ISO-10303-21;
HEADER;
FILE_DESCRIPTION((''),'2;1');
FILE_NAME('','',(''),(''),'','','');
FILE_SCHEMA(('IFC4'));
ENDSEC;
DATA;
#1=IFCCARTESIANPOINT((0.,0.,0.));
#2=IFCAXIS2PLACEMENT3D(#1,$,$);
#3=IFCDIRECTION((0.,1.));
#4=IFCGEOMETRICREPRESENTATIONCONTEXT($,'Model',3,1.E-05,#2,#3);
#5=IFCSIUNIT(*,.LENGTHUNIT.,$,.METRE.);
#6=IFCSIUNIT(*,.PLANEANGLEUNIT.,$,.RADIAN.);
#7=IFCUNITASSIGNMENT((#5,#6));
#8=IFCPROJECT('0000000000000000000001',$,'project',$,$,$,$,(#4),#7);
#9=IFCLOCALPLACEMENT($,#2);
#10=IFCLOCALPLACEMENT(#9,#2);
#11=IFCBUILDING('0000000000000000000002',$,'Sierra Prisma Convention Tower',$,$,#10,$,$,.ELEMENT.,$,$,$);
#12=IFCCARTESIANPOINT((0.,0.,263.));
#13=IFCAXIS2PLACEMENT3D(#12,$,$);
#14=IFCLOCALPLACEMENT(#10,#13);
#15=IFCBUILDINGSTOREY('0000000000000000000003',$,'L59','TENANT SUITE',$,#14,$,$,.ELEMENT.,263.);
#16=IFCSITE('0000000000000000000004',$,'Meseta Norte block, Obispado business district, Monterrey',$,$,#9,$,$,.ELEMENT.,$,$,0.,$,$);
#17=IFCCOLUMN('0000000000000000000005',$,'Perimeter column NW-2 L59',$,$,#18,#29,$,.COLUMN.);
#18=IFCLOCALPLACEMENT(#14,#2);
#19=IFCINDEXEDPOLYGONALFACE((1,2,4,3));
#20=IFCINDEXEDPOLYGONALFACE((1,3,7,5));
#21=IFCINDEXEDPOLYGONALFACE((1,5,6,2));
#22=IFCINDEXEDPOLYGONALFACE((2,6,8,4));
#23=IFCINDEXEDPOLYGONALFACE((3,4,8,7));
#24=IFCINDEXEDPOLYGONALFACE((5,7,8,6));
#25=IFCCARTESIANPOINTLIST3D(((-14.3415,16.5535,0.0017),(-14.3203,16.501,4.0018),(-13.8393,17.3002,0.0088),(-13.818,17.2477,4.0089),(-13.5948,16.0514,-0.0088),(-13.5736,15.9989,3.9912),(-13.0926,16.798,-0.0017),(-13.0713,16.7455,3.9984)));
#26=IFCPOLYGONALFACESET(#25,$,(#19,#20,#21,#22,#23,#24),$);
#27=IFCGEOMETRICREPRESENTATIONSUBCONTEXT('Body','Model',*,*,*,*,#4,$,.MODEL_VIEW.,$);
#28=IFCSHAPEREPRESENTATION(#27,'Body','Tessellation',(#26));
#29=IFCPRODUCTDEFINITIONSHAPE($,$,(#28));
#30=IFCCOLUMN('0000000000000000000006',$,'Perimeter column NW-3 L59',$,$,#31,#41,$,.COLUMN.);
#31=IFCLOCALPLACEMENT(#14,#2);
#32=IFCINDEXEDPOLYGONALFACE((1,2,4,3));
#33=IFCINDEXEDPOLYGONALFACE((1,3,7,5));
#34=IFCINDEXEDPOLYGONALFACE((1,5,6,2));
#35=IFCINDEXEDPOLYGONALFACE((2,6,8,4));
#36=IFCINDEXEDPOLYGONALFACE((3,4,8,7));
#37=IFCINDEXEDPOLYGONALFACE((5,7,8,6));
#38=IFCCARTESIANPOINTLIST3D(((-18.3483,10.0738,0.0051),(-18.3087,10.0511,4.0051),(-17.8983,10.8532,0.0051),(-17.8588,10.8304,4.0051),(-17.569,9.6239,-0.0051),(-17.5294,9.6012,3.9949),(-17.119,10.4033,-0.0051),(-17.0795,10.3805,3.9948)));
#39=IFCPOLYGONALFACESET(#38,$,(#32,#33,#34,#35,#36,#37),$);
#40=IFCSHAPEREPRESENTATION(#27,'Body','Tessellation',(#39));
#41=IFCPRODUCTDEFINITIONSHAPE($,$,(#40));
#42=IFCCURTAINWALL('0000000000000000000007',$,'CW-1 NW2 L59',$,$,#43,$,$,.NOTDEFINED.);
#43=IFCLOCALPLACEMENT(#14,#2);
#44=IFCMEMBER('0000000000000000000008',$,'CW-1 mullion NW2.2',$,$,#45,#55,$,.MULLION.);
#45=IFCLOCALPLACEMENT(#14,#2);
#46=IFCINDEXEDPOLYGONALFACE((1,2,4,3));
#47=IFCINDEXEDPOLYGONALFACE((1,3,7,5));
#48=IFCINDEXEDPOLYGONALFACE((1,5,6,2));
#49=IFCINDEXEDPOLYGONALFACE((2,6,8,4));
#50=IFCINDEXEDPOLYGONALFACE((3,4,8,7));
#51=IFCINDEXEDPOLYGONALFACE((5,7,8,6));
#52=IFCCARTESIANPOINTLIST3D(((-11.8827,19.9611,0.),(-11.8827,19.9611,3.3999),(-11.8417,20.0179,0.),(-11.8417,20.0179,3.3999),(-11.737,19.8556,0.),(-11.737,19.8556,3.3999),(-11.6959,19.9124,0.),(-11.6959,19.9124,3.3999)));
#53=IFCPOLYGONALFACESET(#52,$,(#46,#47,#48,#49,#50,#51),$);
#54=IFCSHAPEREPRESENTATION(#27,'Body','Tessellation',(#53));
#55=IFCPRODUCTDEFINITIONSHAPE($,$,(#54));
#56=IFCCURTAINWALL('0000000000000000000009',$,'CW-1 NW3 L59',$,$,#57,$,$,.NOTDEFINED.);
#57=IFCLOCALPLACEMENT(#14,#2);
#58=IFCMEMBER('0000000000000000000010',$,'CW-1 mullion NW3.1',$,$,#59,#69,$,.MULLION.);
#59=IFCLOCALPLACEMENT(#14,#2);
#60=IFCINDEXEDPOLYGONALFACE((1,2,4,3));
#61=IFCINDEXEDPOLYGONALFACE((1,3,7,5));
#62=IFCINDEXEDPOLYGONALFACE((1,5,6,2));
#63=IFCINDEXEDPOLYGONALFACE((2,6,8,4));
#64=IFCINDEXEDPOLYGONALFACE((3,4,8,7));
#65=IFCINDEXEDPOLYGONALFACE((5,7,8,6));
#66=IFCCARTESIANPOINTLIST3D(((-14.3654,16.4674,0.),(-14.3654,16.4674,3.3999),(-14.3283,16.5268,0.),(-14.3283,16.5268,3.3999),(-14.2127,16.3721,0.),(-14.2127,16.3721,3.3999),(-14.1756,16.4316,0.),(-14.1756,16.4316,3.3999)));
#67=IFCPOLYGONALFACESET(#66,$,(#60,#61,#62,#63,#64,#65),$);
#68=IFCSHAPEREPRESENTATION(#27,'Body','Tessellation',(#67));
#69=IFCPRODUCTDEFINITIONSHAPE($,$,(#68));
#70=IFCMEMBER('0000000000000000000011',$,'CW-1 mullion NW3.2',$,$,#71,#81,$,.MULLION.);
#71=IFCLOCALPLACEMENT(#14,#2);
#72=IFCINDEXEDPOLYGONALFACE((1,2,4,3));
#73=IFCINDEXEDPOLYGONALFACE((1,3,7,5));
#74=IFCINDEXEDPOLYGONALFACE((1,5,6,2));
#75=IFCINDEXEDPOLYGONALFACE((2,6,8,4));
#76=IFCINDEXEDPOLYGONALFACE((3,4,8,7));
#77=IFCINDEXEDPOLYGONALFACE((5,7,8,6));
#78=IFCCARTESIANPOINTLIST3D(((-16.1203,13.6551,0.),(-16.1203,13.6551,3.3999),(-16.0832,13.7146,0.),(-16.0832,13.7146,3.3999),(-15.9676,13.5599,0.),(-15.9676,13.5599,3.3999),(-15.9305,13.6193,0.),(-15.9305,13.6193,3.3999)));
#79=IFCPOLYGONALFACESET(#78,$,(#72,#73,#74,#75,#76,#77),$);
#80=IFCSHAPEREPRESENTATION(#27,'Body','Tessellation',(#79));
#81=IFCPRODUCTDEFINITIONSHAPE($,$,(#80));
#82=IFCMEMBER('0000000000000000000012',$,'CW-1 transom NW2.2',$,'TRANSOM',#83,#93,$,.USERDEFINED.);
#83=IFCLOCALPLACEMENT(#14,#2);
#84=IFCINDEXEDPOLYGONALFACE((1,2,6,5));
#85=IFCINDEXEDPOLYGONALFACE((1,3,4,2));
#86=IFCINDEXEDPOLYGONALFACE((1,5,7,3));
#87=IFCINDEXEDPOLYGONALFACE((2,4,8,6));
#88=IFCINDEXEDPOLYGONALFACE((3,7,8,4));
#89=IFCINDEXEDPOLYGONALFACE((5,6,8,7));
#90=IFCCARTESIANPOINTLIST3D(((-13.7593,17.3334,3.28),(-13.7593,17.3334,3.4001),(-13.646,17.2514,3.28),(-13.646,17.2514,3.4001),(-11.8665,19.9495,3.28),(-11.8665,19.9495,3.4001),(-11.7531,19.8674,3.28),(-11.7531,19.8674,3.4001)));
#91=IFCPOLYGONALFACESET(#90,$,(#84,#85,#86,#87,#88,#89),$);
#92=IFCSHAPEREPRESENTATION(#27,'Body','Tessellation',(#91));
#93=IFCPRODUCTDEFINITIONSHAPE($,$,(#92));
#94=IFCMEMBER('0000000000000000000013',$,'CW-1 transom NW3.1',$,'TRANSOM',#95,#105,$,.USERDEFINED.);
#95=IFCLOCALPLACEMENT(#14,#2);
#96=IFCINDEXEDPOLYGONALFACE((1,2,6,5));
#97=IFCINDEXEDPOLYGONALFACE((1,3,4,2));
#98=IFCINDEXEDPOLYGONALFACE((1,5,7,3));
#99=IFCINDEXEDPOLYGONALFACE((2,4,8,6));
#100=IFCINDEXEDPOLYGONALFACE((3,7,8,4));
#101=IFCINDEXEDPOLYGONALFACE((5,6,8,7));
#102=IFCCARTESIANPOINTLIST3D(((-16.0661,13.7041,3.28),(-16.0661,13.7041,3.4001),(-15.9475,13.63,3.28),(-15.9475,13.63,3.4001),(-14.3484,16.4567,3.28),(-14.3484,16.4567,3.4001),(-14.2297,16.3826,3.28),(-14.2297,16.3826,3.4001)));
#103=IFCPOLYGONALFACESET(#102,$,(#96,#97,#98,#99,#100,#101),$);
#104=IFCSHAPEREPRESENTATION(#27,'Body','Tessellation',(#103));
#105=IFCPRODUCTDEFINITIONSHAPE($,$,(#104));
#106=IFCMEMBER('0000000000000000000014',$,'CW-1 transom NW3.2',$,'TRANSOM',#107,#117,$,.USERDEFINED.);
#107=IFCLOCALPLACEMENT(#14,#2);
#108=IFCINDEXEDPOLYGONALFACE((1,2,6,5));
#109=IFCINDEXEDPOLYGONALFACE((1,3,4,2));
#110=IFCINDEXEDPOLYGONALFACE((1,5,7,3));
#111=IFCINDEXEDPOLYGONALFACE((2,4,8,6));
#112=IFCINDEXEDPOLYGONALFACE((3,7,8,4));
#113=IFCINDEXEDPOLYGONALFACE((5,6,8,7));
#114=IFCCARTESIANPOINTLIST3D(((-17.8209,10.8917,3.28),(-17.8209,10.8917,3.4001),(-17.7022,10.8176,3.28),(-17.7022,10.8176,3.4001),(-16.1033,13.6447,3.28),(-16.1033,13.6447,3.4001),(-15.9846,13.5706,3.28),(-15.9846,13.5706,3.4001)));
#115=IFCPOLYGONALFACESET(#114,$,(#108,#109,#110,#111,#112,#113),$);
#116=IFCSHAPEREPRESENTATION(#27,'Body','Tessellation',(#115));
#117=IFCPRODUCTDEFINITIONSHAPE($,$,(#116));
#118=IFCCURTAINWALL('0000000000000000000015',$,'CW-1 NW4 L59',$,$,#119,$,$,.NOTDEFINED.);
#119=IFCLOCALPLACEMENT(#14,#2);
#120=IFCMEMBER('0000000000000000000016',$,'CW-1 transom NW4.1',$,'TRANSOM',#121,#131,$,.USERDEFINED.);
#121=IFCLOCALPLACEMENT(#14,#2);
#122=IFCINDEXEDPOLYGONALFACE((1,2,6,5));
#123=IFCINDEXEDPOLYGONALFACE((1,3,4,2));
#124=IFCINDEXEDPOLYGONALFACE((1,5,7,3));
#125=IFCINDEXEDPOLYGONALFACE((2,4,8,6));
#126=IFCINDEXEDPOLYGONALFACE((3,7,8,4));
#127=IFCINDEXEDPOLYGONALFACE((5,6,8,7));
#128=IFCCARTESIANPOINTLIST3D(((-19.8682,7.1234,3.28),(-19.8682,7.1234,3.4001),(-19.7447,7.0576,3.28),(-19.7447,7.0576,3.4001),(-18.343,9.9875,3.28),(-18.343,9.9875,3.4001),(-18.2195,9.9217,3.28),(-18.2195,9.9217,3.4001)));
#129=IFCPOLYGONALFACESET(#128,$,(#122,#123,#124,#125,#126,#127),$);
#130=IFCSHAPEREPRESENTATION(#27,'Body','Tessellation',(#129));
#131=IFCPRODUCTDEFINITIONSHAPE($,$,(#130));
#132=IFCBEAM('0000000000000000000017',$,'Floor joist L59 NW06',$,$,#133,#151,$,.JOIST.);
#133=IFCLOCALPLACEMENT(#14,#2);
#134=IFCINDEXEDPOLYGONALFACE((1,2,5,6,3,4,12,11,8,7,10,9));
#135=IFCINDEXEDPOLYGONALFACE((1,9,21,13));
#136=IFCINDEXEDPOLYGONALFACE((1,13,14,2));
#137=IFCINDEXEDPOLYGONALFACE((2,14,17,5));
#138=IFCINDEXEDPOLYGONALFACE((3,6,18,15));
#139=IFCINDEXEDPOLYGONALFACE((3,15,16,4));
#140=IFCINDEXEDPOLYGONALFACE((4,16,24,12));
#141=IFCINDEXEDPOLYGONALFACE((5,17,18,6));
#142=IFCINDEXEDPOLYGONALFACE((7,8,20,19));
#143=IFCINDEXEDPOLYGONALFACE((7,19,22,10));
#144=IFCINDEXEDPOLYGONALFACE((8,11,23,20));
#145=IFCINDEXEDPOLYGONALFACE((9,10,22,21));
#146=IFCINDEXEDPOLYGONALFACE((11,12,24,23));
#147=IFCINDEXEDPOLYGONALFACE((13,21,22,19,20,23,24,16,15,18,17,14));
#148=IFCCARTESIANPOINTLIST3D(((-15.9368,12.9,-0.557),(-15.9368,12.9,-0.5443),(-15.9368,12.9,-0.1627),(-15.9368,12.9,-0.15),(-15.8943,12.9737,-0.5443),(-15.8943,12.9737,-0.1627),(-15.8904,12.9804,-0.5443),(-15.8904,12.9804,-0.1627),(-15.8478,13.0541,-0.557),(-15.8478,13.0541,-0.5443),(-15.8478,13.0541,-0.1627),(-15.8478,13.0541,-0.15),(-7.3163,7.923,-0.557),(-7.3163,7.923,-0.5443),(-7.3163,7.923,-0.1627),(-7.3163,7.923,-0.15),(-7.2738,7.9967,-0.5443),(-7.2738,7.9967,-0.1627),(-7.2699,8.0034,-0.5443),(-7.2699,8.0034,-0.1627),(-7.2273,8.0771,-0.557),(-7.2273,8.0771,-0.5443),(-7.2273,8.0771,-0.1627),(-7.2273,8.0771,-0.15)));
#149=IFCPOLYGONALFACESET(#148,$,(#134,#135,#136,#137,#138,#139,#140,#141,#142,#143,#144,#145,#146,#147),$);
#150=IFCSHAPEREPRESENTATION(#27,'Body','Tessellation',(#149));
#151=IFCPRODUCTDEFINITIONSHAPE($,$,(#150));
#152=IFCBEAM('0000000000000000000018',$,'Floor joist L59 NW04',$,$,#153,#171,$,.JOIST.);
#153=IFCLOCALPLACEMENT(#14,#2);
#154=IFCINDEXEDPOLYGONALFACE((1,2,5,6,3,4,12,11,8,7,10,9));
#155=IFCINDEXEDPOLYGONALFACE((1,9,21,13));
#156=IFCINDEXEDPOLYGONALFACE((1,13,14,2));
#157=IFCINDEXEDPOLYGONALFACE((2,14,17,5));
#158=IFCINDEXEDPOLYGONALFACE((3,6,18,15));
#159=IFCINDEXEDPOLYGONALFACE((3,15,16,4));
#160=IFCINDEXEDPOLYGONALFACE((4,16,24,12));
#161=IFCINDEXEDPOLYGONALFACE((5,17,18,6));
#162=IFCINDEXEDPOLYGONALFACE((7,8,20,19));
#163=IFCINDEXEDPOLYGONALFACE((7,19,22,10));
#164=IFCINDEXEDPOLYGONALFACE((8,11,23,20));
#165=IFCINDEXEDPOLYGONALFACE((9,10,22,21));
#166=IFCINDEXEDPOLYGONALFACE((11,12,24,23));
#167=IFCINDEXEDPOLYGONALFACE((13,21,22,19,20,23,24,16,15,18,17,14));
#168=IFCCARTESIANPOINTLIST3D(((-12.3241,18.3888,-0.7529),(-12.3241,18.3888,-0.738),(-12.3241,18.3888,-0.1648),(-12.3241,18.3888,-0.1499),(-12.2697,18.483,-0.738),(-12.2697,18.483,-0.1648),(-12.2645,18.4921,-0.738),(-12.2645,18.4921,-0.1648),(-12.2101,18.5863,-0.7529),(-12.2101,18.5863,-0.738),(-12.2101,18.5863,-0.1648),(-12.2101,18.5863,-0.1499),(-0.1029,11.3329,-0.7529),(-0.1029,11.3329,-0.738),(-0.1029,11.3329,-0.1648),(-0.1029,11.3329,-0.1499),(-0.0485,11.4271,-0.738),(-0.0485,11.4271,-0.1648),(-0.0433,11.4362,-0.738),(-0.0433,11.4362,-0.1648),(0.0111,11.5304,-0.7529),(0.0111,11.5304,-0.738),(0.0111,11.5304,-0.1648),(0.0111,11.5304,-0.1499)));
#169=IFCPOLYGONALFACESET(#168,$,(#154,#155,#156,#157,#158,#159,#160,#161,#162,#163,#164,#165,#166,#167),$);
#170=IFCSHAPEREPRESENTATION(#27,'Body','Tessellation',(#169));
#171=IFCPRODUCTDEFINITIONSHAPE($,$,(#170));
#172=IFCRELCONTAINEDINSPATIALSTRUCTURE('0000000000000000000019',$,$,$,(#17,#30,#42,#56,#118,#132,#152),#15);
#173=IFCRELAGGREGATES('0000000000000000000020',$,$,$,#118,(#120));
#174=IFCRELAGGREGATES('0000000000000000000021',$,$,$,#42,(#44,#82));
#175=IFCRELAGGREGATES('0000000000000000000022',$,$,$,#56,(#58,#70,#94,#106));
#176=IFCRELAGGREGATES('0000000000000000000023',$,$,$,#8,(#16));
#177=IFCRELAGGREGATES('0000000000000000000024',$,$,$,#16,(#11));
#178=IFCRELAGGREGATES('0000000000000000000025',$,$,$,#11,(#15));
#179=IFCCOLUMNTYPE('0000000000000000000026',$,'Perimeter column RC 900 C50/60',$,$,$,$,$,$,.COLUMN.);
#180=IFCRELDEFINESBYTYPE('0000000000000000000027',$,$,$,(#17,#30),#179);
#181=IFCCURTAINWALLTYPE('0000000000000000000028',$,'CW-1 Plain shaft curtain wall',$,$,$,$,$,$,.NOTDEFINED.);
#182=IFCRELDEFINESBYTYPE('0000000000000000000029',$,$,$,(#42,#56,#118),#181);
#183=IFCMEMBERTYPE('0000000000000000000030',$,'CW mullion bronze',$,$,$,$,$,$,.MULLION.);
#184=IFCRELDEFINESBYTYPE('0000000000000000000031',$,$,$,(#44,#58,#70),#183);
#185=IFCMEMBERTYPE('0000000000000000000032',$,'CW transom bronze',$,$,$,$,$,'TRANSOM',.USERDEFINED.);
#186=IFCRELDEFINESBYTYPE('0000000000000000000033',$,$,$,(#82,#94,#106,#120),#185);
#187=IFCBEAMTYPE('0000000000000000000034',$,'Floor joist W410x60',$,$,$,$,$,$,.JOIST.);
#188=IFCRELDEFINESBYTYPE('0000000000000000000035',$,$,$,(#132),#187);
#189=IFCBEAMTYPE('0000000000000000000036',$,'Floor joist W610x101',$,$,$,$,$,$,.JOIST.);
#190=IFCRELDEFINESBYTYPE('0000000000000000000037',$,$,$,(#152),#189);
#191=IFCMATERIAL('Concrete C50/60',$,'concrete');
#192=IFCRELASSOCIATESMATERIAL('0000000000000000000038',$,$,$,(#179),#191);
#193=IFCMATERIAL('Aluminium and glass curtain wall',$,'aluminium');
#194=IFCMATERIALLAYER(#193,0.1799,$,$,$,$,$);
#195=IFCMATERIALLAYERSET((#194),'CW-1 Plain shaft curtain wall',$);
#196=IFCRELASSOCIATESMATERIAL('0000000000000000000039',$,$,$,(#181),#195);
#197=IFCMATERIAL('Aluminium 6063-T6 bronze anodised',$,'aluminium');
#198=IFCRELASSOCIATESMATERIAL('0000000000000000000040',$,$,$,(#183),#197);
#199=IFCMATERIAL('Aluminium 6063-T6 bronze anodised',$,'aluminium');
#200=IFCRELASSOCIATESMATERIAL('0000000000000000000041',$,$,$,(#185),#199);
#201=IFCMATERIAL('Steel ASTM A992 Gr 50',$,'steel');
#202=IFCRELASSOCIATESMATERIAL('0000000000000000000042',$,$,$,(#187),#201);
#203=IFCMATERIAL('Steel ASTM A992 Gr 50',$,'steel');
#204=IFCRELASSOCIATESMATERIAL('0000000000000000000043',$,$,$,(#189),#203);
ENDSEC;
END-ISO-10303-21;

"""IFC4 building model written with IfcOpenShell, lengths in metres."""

from ifc_helpers import new_model, si_unit, direction, frame, origin, origin_2d, place, context, subcontext, project, spatial, rectangle, i_section, extrude, material, layer, layer_set, material_profile, profile_set, type_object, element, aggregate, save


model = new_model("IFC4")

# Units and contexts
model_context = context("Model", 3, precision=1e-05, world=origin(), true_north=direction((0.0, 1.0)))
body_context = subcontext(model_context, "Body", "Model", "MODEL_VIEW")
ifc_project = project(units=[si_unit("LENGTHUNIT", "METRE"), si_unit("PLANEANGLEUNIT", "RADIAN")], contexts=[model_context])

# Site, building, storey
site_placement = place(None, origin())
site = spatial("IfcSite", under=ifc_project, at=site_placement, Name="Meseta Norte block, Obispado business district, Monterrey", CompositionType="ELEMENT", RefElevation=0.0)
building_placement = place(site_placement, origin())
building = spatial("IfcBuilding", under=site, at=building_placement, Name="Sierra Prisma Convention Tower", CompositionType="ELEMENT")
storey_placement = place(building_placement, frame((0.0, 0.0, 263.0)))
storey = spatial("IfcBuildingStorey", under=building, at=storey_placement, Name="L59", Description="TENANT SUITE", CompositionType="ELEMENT", Elevation=263.0)

# Columns
ifc_material_1 = material(Name="Concrete C50/60", Category="concrete")
ifc_material_profile_1 = material_profile(ifc_material_1, rectangle(XDim=0.8999, YDim=0.8999, at=origin_2d()), Name="Perimeter column RC 900 C50/60")
ifc_profile_set_1 = profile_set([ifc_material_profile_1], Name="Concrete C50/60")
column_type = type_object("IfcColumnType", Name="Perimeter column RC 900 C50/60", PredefinedType="COLUMN", material=ifc_profile_set_1)
column_1_placement = place(storey_placement, frame((-13.717, 16.6758, 0.0), z_axis=(0.00531, -0.013121, 0.9999), x_axis=(0.558111, 0.829729, 0.007925)))
element("IfcColumn", 1, at=column_1_placement, inside=storey, type_object=column_type, Name="Perimeter column NW-2 L59", PredefinedType="COLUMN", context=body_context, shape_type="SweptSolid", body=[
    extrude(rectangle(XDim=0.8999, YDim=0.8999, at=origin_2d()), origin(), (0.0, 0.0, 1.0), 4.0005),
])
column_2_placement = place(storey_placement, frame((-17.7336, 10.2385, 0.0), z_axis=(0.009887, -0.005676, 0.999935), x_axis=(0.499976, 0.86604, -0.000028)))
element("IfcColumn", 2, at=column_2_placement, inside=storey, type_object=column_type, Name="Perimeter column NW-3 L59", PredefinedType="COLUMN", context=body_context, shape_type="SweptSolid", body=[
    extrude(rectangle(XDim=0.8999, YDim=0.8999, at=origin_2d()), origin(), (0.0, 0.0, 1.0), 4.0002),
])

# Curtain wall, member
ifc_material_2 = material(Name="Aluminium and glass curtain wall", Category="aluminium")
ifc_layer_1 = layer(ifc_material_2, 0.1799)
ifc_layer_set_1 = layer_set([ifc_layer_1], Name="CW-1 Plain shaft curtain wall")
curtain_wall_type = type_object("IfcCurtainWallType", Name="CW-1 Plain shaft curtain wall", PredefinedType="NOTDEFINED", material=ifc_layer_set_1)
curtain_wall_1_placement = place(storey_placement, origin())
curtain_wall_1 = element("IfcCurtainWall", 3, at=curtain_wall_1_placement, inside=storey, type_object=curtain_wall_type, Name="CW-1 NW2 L59", PredefinedType="NOTDEFINED")
ifc_material_3 = material(Name="Aluminium 6063-T6 bronze anodised", Category="aluminium")
ifc_material_profile_2 = material_profile(ifc_material_3, rectangle(XDim=0.1799, YDim=0.0701, at=origin_2d()), Name="ALU MULLION 70x180")
ifc_profile_set_2 = profile_set([ifc_material_profile_2], Name="Aluminium 6063-T6 bronze anodised")
member_type_1 = type_object("IfcMemberType", Name="CW mullion bronze", PredefinedType="MULLION", material=ifc_profile_set_2)
member_1_placement = place(storey_placement, frame((-11.7893, 19.9368, 0.0), z_axis=(0.0, 0.0, 1.0), x_axis=(0.810157, -0.586214, 0.0)))
member_1 = element("IfcMember", 4, at=member_1_placement, type_object=member_type_1, Name="CW-1 mullion NW2.2", PredefinedType="MULLION", context=body_context, shape_type="SweptSolid", body=[
    extrude(rectangle(XDim=0.1799, YDim=0.0701, at=origin_2d()), origin(), (0.0, 0.0, 1.0), 3.3999),
])

# Curtain wall, members
curtain_wall_2_placement = place(storey_placement, origin())
curtain_wall_2 = element("IfcCurtainWall", 5, at=curtain_wall_2_placement, inside=storey, type_object=curtain_wall_type, Name="CW-1 NW3 L59", PredefinedType="NOTDEFINED")
member_2_placement = place(storey_placement, frame((-14.2705, 16.4495, 0.0), z_axis=(0.0, 0.0, 1.0), x_axis=(0.848391, -0.52937, 0.0)))
member_2 = element("IfcMember", 6, at=member_2_placement, type_object=member_type_1, Name="CW-1 mullion NW3.1", PredefinedType="MULLION", context=body_context, shape_type="SweptSolid", body=[
    extrude(rectangle(XDim=0.1799, YDim=0.0701, at=origin_2d()), origin(), (0.0, 0.0, 1.0), 3.3999),
])
member_3_placement = place(storey_placement, frame((-16.0254, 13.6372, 0.0), z_axis=(0.0, 0.0, 1.0), x_axis=(0.848391, -0.52937, 0.0)))
member_3 = element("IfcMember", 7, at=member_3_placement, type_object=member_type_1, Name="CW-1 mullion NW3.2", PredefinedType="MULLION", context=body_context, shape_type="SweptSolid", body=[
    extrude(rectangle(XDim=0.1799, YDim=0.0701, at=origin_2d()), origin(), (0.0, 0.0, 1.0), 3.3999),
])

# Members
ifc_material_4 = material(Name="Aluminium 6063-T6 bronze anodised", Category="aluminium")
ifc_material_profile_3 = material_profile(ifc_material_4, rectangle(XDim=0.1399, YDim=0.1201, at=origin_2d()), Name="ALU TRANSOM 120x140")
ifc_profile_set_3 = profile_set([ifc_material_profile_3], Name="Aluminium 6063-T6 bronze anodised")
member_type_2 = type_object("IfcMemberType", Name="CW transom bronze", ElementType="TRANSOM", PredefinedType="USERDEFINED", material=ifc_profile_set_3)
member_4_placement = place(storey_placement, frame((-11.8098, 19.9084, 3.3401), z_axis=(-0.586205, -0.810163, 0.0), x_axis=(0.810163, -0.586205, 0.0)))
member_4 = element("IfcMember", 8, at=member_4_placement, type_object=member_type_2, Name="CW-1 transom NW2.2", ObjectType="TRANSOM", PredefinedType="USERDEFINED", context=body_context, shape_type="SweptSolid", body=[
    extrude(rectangle(XDim=0.1399, YDim=0.1201, at=origin_2d()), origin(), (0.0, 0.0, 1.0), 3.229),
])
member_5_placement = place(storey_placement, frame((-14.2891, 16.4197, 3.3401), z_axis=(-0.52941, -0.848366, 0.0), x_axis=(0.848366, -0.52941, 0.0)))
member_5 = element("IfcMember", 9, at=member_5_placement, type_object=member_type_2, Name="CW-1 transom NW3.1", ObjectType="TRANSOM", PredefinedType="USERDEFINED", context=body_context, shape_type="SweptSolid", body=[
    extrude(rectangle(XDim=0.1399, YDim=0.1201, at=origin_2d()), origin(), (0.0, 0.0, 1.0), 3.2446),
])
member_6_placement = place(storey_placement, frame((-16.0439, 13.6077, 3.3401), z_axis=(-0.529322, -0.848421, 0.0), x_axis=(0.848421, -0.529322, 0.0)))
member_6 = element("IfcMember", 10, at=member_6_placement, type_object=member_type_2, Name="CW-1 transom NW3.2", ObjectType="TRANSOM", PredefinedType="USERDEFINED", context=body_context, shape_type="SweptSolid", body=[
    extrude(rectangle(XDim=0.1399, YDim=0.1201, at=origin_2d()), origin(), (0.0, 0.0, 1.0), 3.2449),
])

# Curtain wall, member
curtain_wall_3_placement = place(storey_placement, origin())
curtain_wall_3 = element("IfcCurtainWall", 11, at=curtain_wall_3_placement, inside=storey, type_object=curtain_wall_type, Name="CW-1 NW4 L59", PredefinedType="NOTDEFINED")
member_7_placement = place(storey_placement, frame((-18.2812, 9.9546, 3.3401), z_axis=(-0.47003, -0.882651, 0.0), x_axis=(0.882651, -0.47003, 0.0)))
member_7 = element("IfcMember", 12, at=member_7_placement, type_object=member_type_2, Name="CW-1 transom NW4.1", ObjectType="TRANSOM", PredefinedType="USERDEFINED", context=body_context, shape_type="SweptSolid", body=[
    extrude(rectangle(XDim=0.1399, YDim=0.1201, at=origin_2d()), origin(), (0.0, 0.0, 1.0), 3.2449),
])
aggregate(curtain_wall_3, [member_7])

# Beams
ifc_material_5 = material(Name="Steel ASTM A992 Gr 50", Category="steel")
ifc_material_profile_4 = material_profile(ifc_material_5, i_section(OverallWidth=0.178, OverallDepth=0.407, WebThickness=0.0078, FlangeThickness=0.0127, at=origin_2d()), Name="W410x60")
ifc_profile_set_4 = profile_set([ifc_material_profile_4], Name="Steel ASTM A992 Gr 50")
beam_type_1 = type_object("IfcBeamType", Name="Floor joist W410x60", PredefinedType="JOIST", material=ifc_profile_set_4)
beam_1_placement = place(storey_placement, frame((-15.8923, 12.9771, -0.3535), z_axis=(0.866028, -0.499996, 0.0), x_axis=(0.499996, 0.866028, 0.0)))
element("IfcBeam", 13, at=beam_1_placement, inside=storey, type_object=beam_type_1, Name="Floor joist L59 NW06", PredefinedType="JOIST", context=body_context, shape_type="SweptSolid", body=[
    extrude(i_section(OverallWidth=0.178, OverallDepth=0.407, WebThickness=0.0078, FlangeThickness=0.0127, at=origin_2d()), origin(), (0.0, 0.0, 1.0), 9.9541),
])
ifc_material_6 = material(Name="Steel ASTM A992 Gr 50", Category="steel")
ifc_material_profile_5 = material_profile(ifc_material_6, i_section(OverallWidth=0.228, OverallDepth=0.603, WebThickness=0.0105, FlangeThickness=0.0149, at=origin_2d()), Name="W610x101")
ifc_profile_set_5 = profile_set([ifc_material_profile_5], Name="Steel ASTM A992 Gr 50")
beam_type_2 = type_object("IfcBeamType", Name="Floor joist W610x101", PredefinedType="JOIST", material=ifc_profile_set_5)
beam_2_placement = place(storey_placement, frame((-12.2671, 18.4875, -0.4514), z_axis=(0.866025, -0.5, 0.0), x_axis=(0.5, 0.866025, 0.0)))
element("IfcBeam", 14, at=beam_2_placement, inside=storey, type_object=beam_type_2, Name="Floor joist L59 NW04", PredefinedType="JOIST", context=body_context, shape_type="SweptSolid", body=[
    extrude(i_section(OverallWidth=0.228, OverallDepth=0.603, WebThickness=0.0105, FlangeThickness=0.0149, at=origin_2d()), origin(), (0.0, 0.0, 1.0), 14.1118),
])

aggregate(curtain_wall_1, [member_1, member_4])
aggregate(curtain_wall_2, [member_2, member_3, member_5, member_6])

save(model, "model.ifc")
